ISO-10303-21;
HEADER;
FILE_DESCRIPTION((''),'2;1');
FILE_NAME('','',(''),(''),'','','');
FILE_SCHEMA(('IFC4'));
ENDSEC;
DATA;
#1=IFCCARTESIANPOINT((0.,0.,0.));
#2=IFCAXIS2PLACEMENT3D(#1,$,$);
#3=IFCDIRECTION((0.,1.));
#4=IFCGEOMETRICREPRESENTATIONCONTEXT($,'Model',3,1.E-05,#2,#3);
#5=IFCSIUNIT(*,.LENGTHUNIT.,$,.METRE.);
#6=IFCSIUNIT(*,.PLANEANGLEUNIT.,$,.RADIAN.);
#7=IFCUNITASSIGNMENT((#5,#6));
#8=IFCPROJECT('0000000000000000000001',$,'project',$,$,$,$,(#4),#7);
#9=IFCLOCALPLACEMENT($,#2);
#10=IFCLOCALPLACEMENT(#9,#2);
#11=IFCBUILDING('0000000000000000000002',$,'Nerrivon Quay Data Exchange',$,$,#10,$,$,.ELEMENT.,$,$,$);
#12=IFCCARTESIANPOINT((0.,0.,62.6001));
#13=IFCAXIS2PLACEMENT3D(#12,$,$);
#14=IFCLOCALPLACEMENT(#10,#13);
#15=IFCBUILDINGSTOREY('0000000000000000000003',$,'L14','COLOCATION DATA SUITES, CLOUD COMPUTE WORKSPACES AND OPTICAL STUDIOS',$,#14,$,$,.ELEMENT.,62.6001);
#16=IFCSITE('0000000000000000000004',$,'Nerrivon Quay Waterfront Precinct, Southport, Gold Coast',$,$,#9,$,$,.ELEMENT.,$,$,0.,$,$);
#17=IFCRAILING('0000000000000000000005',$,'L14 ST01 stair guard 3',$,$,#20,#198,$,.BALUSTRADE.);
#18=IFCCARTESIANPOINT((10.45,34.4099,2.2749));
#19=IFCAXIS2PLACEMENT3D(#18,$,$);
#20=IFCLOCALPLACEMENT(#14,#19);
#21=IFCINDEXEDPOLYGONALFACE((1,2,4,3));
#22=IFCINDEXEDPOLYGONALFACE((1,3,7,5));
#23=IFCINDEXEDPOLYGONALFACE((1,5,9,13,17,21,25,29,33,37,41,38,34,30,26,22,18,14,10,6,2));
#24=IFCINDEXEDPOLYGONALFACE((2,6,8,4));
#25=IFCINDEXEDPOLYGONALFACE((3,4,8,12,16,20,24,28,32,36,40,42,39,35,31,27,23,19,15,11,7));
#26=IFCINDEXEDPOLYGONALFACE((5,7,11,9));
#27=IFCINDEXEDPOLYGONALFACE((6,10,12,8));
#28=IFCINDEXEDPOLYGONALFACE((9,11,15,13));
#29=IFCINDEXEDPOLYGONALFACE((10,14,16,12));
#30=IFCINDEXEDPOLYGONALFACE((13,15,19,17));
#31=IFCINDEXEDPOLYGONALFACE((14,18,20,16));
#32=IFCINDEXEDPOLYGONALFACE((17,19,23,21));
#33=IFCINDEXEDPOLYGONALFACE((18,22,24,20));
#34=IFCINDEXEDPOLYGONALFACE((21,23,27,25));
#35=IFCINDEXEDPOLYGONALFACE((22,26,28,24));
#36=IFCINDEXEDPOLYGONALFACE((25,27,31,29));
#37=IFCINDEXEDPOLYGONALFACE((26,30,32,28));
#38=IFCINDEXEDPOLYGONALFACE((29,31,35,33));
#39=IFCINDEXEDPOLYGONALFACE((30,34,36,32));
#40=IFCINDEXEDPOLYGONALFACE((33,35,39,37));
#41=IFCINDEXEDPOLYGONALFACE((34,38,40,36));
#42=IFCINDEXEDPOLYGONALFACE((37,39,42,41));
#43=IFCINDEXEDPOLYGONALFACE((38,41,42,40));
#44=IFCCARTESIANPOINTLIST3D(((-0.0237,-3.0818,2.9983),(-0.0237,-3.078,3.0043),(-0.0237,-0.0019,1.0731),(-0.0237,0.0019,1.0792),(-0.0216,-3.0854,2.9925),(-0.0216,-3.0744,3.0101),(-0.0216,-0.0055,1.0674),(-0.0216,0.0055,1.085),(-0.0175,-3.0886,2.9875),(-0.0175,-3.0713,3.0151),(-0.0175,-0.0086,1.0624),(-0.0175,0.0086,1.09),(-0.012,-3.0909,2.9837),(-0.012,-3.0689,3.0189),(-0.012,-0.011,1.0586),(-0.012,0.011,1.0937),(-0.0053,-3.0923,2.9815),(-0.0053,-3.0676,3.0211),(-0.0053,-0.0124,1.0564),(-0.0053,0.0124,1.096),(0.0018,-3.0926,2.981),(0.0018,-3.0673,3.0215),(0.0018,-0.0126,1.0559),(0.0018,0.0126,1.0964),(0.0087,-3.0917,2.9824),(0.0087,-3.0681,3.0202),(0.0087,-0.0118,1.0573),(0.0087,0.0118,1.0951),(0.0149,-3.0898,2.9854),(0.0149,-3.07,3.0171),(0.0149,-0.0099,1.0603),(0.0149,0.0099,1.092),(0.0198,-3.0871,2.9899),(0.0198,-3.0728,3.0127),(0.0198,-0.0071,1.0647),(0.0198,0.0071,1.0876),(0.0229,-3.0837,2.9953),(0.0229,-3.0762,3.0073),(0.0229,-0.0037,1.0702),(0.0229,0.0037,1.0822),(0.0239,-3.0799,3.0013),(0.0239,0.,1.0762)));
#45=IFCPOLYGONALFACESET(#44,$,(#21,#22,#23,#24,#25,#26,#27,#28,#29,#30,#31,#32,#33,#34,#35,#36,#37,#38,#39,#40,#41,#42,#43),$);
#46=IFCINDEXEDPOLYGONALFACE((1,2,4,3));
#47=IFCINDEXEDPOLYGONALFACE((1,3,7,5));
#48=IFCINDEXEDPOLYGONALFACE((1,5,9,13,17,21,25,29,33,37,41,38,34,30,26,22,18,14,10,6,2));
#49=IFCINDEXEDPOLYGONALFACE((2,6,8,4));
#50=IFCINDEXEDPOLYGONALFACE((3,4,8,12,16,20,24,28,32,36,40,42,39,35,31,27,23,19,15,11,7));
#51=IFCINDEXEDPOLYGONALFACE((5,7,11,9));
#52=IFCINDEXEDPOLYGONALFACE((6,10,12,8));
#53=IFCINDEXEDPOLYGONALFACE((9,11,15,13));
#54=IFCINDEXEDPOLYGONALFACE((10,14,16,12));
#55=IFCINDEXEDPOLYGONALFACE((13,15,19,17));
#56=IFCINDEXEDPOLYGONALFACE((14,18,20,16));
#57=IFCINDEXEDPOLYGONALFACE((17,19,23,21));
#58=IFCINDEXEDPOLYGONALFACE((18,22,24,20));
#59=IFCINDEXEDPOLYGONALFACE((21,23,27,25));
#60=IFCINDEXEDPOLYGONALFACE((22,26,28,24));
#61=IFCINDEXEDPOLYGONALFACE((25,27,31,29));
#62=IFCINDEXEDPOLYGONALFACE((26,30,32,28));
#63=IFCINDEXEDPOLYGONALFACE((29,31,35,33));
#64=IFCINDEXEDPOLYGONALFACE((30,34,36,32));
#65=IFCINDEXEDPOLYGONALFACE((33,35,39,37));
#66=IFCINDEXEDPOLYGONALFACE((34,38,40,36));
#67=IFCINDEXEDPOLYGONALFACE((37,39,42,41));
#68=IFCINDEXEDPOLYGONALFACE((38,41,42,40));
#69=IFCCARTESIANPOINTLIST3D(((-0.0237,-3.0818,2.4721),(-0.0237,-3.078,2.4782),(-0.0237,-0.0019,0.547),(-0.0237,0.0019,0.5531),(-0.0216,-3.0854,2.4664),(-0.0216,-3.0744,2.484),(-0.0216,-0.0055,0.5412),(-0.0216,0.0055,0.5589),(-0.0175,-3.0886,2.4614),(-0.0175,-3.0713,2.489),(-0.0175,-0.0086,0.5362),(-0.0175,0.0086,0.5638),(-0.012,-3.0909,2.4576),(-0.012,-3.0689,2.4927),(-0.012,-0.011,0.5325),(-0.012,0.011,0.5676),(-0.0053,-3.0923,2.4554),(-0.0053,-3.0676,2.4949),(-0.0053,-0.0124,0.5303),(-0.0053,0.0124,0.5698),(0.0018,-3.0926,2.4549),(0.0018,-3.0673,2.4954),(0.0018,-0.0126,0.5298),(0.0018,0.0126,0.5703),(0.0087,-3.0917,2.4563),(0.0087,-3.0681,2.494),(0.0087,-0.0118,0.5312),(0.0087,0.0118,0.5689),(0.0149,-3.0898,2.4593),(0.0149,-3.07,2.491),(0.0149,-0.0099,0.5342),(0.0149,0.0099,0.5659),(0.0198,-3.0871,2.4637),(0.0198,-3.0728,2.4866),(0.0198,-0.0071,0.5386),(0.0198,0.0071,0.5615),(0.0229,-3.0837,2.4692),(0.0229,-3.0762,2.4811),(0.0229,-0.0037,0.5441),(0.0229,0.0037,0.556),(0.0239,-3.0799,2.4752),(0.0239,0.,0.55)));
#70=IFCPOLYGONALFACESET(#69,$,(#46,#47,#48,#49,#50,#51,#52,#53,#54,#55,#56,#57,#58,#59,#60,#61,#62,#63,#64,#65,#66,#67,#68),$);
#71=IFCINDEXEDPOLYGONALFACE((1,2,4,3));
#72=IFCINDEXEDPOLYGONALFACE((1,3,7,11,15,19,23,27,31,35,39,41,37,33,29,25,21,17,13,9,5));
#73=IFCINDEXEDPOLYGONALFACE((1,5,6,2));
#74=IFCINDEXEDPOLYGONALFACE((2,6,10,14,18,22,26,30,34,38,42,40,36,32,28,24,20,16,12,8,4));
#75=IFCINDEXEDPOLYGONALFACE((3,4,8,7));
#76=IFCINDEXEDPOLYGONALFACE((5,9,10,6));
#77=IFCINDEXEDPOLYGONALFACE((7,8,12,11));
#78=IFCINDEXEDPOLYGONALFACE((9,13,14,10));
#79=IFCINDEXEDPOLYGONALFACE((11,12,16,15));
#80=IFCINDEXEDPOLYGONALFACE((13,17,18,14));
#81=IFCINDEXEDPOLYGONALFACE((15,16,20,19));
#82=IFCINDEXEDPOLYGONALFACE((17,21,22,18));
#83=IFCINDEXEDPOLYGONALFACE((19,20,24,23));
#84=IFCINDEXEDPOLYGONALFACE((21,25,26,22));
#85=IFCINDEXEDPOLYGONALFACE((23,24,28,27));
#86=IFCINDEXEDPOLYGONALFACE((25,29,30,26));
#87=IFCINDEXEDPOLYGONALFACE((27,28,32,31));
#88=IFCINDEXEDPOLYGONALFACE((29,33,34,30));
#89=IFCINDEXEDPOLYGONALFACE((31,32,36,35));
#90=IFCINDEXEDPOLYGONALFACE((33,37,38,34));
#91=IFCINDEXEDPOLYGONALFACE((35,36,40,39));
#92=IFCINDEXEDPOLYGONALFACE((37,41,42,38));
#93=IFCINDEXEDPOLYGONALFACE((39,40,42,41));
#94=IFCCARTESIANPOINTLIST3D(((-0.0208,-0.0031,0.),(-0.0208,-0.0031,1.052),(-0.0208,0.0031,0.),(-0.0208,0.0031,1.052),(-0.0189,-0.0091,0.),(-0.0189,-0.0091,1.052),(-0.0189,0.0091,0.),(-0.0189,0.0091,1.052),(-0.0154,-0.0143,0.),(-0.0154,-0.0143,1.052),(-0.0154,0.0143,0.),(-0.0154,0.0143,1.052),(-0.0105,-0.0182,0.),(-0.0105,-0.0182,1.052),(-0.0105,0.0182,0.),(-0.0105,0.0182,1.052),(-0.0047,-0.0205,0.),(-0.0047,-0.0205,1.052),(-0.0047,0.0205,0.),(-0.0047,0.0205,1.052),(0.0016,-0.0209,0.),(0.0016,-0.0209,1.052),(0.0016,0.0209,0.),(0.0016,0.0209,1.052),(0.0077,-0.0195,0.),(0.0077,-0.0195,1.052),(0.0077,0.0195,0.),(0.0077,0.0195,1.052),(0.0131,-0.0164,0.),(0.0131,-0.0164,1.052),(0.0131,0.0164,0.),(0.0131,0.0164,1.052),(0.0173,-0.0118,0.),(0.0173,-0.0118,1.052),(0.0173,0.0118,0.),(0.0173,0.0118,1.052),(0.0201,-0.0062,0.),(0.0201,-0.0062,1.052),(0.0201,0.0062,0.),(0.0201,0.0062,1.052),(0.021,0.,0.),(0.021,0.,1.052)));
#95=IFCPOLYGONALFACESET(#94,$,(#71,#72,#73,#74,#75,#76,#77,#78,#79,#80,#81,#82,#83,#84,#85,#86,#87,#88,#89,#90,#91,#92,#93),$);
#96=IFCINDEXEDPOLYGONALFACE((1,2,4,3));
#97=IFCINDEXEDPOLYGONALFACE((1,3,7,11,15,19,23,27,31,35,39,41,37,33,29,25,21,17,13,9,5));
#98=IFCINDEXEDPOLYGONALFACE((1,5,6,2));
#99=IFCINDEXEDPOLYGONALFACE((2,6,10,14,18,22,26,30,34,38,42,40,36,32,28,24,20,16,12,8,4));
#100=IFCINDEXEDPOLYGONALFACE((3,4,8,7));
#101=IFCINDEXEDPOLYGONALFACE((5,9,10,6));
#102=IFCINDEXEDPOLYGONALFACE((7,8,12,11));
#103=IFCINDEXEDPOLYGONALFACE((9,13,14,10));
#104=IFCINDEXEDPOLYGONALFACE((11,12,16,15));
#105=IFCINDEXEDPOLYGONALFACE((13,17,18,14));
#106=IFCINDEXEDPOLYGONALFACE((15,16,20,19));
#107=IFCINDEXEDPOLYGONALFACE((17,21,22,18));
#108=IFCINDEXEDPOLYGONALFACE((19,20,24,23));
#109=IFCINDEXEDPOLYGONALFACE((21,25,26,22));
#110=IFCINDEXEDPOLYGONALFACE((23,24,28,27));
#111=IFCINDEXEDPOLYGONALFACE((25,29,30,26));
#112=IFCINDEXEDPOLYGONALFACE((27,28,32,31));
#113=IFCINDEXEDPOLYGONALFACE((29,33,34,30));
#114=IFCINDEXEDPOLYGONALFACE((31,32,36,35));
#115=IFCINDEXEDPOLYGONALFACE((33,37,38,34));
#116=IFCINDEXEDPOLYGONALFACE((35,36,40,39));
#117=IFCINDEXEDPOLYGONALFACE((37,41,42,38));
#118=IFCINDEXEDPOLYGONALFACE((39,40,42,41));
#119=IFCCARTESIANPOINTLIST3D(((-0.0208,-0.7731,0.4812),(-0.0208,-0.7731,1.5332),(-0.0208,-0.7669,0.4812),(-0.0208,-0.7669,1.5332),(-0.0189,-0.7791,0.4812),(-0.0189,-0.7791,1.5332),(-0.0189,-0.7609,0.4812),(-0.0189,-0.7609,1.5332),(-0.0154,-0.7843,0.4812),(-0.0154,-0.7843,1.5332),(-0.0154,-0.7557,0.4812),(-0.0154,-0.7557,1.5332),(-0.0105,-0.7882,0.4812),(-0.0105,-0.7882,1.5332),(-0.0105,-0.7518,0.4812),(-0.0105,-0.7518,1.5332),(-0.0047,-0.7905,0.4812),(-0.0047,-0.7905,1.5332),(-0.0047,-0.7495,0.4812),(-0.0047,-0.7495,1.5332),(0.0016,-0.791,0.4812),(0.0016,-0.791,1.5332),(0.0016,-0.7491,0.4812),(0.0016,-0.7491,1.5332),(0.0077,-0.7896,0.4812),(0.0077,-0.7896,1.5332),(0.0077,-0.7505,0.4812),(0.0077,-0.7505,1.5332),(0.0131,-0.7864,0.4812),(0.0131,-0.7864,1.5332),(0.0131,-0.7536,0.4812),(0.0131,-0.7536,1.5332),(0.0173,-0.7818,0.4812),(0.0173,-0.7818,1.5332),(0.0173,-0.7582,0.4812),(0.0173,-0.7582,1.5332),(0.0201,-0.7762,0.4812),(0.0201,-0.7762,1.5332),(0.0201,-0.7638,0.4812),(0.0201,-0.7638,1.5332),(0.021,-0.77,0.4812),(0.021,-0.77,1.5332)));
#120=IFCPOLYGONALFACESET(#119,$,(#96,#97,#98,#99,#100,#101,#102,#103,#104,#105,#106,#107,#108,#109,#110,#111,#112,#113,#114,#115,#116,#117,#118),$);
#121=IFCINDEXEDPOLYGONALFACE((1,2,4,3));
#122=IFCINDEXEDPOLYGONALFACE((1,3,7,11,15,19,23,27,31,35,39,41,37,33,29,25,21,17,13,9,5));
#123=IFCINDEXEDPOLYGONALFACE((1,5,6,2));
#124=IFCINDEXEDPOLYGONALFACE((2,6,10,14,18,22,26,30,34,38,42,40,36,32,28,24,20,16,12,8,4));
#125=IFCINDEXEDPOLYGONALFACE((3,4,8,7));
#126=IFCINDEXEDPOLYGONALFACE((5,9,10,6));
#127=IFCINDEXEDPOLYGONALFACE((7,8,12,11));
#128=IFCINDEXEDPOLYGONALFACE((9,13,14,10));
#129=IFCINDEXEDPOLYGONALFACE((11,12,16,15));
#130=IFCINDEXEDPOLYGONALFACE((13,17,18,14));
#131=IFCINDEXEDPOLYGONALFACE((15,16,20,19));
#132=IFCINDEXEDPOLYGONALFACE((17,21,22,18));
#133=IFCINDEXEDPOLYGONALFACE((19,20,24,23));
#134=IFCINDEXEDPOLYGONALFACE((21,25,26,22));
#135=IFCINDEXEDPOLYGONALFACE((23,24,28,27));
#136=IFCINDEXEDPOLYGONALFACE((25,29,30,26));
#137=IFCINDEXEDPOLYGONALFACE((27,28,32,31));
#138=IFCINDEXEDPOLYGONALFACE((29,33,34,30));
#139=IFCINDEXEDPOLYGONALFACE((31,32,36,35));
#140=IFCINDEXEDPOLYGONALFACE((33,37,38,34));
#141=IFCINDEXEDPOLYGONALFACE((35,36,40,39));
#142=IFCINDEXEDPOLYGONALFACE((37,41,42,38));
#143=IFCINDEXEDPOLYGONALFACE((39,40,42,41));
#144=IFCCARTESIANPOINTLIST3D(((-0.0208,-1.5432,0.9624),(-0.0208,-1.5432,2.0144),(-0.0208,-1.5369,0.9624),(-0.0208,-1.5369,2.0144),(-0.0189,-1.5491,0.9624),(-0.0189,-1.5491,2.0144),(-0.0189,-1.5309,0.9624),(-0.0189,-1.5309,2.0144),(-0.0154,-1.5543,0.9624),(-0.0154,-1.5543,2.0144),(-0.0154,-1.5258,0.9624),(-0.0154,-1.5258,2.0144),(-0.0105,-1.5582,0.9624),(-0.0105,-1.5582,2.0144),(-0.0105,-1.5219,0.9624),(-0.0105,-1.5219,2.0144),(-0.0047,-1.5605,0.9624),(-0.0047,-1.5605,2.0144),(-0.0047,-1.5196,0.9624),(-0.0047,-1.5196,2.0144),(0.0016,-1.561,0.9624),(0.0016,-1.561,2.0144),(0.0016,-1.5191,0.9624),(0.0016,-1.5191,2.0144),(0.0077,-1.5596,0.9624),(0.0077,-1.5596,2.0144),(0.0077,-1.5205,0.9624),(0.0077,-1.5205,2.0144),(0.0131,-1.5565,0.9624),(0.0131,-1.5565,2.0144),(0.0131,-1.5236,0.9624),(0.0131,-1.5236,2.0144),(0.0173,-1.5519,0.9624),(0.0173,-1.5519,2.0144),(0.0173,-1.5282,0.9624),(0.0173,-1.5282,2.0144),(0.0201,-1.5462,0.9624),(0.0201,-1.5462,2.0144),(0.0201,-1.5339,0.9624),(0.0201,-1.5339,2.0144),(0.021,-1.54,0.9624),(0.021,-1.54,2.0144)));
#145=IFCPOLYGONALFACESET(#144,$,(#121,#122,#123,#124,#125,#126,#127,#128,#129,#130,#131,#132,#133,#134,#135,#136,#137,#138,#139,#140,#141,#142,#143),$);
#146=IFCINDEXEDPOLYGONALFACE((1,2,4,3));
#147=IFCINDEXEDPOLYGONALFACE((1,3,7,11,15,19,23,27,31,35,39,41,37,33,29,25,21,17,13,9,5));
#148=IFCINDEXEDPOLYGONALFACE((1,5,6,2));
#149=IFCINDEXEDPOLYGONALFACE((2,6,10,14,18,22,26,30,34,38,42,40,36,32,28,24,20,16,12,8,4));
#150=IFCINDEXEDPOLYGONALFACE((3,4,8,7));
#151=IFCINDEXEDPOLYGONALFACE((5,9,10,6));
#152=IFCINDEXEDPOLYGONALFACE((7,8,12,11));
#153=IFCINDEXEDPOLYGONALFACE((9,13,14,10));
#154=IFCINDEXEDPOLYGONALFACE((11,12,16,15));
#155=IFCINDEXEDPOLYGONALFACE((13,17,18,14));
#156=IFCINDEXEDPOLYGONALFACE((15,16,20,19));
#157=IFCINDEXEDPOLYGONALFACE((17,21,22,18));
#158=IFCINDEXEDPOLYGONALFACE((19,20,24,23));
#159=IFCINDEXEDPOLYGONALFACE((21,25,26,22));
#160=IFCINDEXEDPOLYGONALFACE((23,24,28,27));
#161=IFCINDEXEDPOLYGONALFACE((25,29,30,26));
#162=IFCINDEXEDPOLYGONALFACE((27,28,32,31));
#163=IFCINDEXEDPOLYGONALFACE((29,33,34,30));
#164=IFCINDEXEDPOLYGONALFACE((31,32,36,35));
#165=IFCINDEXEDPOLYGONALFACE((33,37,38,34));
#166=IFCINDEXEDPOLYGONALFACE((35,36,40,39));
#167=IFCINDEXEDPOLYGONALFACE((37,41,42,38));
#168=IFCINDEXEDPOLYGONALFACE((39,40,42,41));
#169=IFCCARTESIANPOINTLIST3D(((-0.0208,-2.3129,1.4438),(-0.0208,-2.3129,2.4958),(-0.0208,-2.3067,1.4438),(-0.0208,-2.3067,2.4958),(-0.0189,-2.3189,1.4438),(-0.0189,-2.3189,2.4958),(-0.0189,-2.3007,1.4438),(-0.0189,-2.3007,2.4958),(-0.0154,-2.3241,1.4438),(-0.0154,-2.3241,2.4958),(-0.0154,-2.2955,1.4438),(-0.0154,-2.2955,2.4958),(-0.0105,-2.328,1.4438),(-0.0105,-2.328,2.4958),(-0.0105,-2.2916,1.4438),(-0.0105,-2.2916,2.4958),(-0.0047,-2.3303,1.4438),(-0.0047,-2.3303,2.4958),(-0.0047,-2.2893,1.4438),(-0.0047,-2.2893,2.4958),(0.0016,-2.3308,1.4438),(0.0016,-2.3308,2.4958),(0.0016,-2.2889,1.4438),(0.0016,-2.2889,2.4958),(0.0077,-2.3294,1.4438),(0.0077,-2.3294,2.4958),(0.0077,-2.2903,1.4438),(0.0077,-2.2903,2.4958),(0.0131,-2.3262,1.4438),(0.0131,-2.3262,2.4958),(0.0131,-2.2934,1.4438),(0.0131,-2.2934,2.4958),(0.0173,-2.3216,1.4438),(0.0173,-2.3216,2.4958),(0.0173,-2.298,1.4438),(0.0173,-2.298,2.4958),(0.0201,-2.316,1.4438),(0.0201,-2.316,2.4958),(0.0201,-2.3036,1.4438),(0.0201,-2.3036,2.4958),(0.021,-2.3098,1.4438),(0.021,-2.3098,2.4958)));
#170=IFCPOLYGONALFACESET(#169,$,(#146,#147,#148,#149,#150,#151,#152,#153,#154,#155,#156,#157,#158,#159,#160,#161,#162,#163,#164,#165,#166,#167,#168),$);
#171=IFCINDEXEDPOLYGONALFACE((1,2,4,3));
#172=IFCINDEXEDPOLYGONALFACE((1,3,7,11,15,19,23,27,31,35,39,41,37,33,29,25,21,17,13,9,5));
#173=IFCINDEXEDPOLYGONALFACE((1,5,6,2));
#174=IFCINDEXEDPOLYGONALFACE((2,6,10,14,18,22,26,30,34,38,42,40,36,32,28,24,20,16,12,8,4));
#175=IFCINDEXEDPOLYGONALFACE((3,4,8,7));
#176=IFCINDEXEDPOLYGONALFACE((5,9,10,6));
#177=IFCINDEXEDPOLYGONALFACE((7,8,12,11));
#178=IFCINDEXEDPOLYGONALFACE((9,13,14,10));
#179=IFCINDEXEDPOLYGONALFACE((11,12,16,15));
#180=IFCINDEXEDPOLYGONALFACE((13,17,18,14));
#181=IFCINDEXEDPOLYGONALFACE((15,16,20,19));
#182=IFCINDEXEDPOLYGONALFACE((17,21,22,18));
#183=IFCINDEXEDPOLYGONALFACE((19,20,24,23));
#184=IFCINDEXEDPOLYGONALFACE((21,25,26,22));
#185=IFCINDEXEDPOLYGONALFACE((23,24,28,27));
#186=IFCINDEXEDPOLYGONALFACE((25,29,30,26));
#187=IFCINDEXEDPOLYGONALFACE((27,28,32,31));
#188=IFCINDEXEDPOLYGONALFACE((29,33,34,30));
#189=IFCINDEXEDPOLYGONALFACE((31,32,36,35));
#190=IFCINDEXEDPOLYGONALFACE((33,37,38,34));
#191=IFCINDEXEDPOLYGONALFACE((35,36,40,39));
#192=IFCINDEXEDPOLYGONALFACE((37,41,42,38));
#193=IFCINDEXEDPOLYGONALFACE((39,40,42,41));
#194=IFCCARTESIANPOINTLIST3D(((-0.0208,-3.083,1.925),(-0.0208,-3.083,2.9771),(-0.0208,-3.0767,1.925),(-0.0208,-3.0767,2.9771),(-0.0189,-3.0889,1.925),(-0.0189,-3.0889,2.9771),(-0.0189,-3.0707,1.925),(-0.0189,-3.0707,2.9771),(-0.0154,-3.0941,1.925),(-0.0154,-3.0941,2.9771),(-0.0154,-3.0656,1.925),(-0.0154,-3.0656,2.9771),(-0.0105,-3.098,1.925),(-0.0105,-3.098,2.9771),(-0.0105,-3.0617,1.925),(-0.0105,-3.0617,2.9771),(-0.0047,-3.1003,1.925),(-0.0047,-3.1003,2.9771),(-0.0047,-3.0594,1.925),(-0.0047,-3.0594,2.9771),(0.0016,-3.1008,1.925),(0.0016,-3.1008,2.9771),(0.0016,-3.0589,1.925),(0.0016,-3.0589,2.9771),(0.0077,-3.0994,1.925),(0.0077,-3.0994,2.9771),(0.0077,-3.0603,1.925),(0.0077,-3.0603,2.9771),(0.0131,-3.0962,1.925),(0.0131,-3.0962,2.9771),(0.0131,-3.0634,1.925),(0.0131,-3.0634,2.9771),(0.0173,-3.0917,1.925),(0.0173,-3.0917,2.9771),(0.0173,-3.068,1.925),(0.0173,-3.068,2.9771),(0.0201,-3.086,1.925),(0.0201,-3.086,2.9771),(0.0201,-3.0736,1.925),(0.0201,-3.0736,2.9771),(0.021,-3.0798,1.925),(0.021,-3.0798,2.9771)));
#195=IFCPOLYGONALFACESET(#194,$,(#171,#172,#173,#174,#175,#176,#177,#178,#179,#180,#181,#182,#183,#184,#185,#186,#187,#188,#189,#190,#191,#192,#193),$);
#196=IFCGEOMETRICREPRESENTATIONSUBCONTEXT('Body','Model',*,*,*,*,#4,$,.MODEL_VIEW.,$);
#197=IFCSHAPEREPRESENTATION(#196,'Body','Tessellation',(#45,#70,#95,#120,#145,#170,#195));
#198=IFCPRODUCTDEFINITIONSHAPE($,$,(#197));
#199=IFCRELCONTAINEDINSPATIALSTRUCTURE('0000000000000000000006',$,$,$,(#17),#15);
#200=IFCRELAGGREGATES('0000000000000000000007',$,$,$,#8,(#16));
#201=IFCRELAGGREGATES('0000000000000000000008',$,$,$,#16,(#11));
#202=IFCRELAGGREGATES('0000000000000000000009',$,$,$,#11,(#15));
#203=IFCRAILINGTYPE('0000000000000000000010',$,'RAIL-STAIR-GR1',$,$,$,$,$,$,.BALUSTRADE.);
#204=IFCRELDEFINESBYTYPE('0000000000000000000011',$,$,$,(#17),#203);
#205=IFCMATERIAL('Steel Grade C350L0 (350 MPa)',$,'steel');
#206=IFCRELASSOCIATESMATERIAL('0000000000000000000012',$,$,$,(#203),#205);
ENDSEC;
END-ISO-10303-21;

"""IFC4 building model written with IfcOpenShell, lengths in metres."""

from ifc_helpers import new_model, si_unit, direction, frame, origin, origin_2d, place, context, subcontext, project, spatial, circle, extrude, material, type_object, element, save


model = new_model("IFC4")

# Units and contexts
model_context = context("Model", 3, precision=1e-05, world=origin(), true_north=direction((0.0, 1.0)))
body_context = subcontext(model_context, "Body", "Model", "MODEL_VIEW")
ifc_project = project(units=[si_unit("LENGTHUNIT", "METRE"), si_unit("PLANEANGLEUNIT", "RADIAN")], contexts=[model_context])

# Site, building, storey
site_placement = place(None, origin())
site = spatial("IfcSite", under=ifc_project, at=site_placement, Name="Nerrivon Quay Waterfront Precinct, Southport, Gold Coast", CompositionType="ELEMENT", RefElevation=0.0)
building_placement = place(site_placement, origin())
building = spatial("IfcBuilding", under=site, at=building_placement, Name="Nerrivon Quay Data Exchange", CompositionType="ELEMENT")
storey_placement = place(building_placement, frame((0.0, 0.0, 62.6001)))
storey = spatial("IfcBuildingStorey", under=building, at=storey_placement, Name="L14", Description="COLOCATION DATA SUITES, CLOUD COMPUTE WORKSPACES AND OPTICAL STUDIOS", CompositionType="ELEMENT", Elevation=62.6001)

# Railing
ifc_material_1 = material(Name="Steel Grade C350L0 (350 MPa)", Category="steel")
railing_type_1 = type_object("IfcRailingType", Name="RAIL-STAIR-GR1", PredefinedType="BALUSTRADE", material=ifc_material_1)
railing_1_placement = place(storey_placement, frame((10.45, 34.4099, 2.2749)))
element("IfcRailing", 1, at=railing_1_placement, inside=storey, type_object=railing_type_1, Name="L14 ST01 stair guard 3", PredefinedType="BALUSTRADE", context=body_context, shape_type="SweptSolid", body=[
    extrude(circle(Radius=0.0239, at=origin_2d()), frame((0.0, 0.0, 1.0762), z_axis=(0.0, -0.847979, 0.530029), x_axis=(1.0, 0.0, 0.0)), (0.0, 0.0, 1.0), 3.6321),
    extrude(circle(Radius=0.0239, at=origin_2d()), frame((0.0, 0.0, 0.55), z_axis=(0.0, -0.847979, 0.530029), x_axis=(1.0, 0.0, 0.0)), (0.0, 0.0, 1.0), 3.6321),
    extrude(circle(Radius=0.021, at=origin_2d()), origin(), (0.0, 0.0, 1.0), 1.052),
    extrude(circle(Radius=0.021, at=origin_2d()), frame((0.0, -0.77, 0.4812)), (0.0, 0.0, 1.0), 1.052),
    extrude(circle(Radius=0.021, at=origin_2d()), frame((0.0, -1.54, 0.9624)), (0.0, 0.0, 1.0), 1.052),
    extrude(circle(Radius=0.021, at=origin_2d()), frame((0.0, -2.3098, 1.4438)), (0.0, 0.0, 1.0), 1.052),
    extrude(circle(Radius=0.021, at=origin_2d()), frame((0.0, -3.0798, 1.925)), (0.0, 0.0, 1.0), 1.052),
])

save(model, "model.ifc")
